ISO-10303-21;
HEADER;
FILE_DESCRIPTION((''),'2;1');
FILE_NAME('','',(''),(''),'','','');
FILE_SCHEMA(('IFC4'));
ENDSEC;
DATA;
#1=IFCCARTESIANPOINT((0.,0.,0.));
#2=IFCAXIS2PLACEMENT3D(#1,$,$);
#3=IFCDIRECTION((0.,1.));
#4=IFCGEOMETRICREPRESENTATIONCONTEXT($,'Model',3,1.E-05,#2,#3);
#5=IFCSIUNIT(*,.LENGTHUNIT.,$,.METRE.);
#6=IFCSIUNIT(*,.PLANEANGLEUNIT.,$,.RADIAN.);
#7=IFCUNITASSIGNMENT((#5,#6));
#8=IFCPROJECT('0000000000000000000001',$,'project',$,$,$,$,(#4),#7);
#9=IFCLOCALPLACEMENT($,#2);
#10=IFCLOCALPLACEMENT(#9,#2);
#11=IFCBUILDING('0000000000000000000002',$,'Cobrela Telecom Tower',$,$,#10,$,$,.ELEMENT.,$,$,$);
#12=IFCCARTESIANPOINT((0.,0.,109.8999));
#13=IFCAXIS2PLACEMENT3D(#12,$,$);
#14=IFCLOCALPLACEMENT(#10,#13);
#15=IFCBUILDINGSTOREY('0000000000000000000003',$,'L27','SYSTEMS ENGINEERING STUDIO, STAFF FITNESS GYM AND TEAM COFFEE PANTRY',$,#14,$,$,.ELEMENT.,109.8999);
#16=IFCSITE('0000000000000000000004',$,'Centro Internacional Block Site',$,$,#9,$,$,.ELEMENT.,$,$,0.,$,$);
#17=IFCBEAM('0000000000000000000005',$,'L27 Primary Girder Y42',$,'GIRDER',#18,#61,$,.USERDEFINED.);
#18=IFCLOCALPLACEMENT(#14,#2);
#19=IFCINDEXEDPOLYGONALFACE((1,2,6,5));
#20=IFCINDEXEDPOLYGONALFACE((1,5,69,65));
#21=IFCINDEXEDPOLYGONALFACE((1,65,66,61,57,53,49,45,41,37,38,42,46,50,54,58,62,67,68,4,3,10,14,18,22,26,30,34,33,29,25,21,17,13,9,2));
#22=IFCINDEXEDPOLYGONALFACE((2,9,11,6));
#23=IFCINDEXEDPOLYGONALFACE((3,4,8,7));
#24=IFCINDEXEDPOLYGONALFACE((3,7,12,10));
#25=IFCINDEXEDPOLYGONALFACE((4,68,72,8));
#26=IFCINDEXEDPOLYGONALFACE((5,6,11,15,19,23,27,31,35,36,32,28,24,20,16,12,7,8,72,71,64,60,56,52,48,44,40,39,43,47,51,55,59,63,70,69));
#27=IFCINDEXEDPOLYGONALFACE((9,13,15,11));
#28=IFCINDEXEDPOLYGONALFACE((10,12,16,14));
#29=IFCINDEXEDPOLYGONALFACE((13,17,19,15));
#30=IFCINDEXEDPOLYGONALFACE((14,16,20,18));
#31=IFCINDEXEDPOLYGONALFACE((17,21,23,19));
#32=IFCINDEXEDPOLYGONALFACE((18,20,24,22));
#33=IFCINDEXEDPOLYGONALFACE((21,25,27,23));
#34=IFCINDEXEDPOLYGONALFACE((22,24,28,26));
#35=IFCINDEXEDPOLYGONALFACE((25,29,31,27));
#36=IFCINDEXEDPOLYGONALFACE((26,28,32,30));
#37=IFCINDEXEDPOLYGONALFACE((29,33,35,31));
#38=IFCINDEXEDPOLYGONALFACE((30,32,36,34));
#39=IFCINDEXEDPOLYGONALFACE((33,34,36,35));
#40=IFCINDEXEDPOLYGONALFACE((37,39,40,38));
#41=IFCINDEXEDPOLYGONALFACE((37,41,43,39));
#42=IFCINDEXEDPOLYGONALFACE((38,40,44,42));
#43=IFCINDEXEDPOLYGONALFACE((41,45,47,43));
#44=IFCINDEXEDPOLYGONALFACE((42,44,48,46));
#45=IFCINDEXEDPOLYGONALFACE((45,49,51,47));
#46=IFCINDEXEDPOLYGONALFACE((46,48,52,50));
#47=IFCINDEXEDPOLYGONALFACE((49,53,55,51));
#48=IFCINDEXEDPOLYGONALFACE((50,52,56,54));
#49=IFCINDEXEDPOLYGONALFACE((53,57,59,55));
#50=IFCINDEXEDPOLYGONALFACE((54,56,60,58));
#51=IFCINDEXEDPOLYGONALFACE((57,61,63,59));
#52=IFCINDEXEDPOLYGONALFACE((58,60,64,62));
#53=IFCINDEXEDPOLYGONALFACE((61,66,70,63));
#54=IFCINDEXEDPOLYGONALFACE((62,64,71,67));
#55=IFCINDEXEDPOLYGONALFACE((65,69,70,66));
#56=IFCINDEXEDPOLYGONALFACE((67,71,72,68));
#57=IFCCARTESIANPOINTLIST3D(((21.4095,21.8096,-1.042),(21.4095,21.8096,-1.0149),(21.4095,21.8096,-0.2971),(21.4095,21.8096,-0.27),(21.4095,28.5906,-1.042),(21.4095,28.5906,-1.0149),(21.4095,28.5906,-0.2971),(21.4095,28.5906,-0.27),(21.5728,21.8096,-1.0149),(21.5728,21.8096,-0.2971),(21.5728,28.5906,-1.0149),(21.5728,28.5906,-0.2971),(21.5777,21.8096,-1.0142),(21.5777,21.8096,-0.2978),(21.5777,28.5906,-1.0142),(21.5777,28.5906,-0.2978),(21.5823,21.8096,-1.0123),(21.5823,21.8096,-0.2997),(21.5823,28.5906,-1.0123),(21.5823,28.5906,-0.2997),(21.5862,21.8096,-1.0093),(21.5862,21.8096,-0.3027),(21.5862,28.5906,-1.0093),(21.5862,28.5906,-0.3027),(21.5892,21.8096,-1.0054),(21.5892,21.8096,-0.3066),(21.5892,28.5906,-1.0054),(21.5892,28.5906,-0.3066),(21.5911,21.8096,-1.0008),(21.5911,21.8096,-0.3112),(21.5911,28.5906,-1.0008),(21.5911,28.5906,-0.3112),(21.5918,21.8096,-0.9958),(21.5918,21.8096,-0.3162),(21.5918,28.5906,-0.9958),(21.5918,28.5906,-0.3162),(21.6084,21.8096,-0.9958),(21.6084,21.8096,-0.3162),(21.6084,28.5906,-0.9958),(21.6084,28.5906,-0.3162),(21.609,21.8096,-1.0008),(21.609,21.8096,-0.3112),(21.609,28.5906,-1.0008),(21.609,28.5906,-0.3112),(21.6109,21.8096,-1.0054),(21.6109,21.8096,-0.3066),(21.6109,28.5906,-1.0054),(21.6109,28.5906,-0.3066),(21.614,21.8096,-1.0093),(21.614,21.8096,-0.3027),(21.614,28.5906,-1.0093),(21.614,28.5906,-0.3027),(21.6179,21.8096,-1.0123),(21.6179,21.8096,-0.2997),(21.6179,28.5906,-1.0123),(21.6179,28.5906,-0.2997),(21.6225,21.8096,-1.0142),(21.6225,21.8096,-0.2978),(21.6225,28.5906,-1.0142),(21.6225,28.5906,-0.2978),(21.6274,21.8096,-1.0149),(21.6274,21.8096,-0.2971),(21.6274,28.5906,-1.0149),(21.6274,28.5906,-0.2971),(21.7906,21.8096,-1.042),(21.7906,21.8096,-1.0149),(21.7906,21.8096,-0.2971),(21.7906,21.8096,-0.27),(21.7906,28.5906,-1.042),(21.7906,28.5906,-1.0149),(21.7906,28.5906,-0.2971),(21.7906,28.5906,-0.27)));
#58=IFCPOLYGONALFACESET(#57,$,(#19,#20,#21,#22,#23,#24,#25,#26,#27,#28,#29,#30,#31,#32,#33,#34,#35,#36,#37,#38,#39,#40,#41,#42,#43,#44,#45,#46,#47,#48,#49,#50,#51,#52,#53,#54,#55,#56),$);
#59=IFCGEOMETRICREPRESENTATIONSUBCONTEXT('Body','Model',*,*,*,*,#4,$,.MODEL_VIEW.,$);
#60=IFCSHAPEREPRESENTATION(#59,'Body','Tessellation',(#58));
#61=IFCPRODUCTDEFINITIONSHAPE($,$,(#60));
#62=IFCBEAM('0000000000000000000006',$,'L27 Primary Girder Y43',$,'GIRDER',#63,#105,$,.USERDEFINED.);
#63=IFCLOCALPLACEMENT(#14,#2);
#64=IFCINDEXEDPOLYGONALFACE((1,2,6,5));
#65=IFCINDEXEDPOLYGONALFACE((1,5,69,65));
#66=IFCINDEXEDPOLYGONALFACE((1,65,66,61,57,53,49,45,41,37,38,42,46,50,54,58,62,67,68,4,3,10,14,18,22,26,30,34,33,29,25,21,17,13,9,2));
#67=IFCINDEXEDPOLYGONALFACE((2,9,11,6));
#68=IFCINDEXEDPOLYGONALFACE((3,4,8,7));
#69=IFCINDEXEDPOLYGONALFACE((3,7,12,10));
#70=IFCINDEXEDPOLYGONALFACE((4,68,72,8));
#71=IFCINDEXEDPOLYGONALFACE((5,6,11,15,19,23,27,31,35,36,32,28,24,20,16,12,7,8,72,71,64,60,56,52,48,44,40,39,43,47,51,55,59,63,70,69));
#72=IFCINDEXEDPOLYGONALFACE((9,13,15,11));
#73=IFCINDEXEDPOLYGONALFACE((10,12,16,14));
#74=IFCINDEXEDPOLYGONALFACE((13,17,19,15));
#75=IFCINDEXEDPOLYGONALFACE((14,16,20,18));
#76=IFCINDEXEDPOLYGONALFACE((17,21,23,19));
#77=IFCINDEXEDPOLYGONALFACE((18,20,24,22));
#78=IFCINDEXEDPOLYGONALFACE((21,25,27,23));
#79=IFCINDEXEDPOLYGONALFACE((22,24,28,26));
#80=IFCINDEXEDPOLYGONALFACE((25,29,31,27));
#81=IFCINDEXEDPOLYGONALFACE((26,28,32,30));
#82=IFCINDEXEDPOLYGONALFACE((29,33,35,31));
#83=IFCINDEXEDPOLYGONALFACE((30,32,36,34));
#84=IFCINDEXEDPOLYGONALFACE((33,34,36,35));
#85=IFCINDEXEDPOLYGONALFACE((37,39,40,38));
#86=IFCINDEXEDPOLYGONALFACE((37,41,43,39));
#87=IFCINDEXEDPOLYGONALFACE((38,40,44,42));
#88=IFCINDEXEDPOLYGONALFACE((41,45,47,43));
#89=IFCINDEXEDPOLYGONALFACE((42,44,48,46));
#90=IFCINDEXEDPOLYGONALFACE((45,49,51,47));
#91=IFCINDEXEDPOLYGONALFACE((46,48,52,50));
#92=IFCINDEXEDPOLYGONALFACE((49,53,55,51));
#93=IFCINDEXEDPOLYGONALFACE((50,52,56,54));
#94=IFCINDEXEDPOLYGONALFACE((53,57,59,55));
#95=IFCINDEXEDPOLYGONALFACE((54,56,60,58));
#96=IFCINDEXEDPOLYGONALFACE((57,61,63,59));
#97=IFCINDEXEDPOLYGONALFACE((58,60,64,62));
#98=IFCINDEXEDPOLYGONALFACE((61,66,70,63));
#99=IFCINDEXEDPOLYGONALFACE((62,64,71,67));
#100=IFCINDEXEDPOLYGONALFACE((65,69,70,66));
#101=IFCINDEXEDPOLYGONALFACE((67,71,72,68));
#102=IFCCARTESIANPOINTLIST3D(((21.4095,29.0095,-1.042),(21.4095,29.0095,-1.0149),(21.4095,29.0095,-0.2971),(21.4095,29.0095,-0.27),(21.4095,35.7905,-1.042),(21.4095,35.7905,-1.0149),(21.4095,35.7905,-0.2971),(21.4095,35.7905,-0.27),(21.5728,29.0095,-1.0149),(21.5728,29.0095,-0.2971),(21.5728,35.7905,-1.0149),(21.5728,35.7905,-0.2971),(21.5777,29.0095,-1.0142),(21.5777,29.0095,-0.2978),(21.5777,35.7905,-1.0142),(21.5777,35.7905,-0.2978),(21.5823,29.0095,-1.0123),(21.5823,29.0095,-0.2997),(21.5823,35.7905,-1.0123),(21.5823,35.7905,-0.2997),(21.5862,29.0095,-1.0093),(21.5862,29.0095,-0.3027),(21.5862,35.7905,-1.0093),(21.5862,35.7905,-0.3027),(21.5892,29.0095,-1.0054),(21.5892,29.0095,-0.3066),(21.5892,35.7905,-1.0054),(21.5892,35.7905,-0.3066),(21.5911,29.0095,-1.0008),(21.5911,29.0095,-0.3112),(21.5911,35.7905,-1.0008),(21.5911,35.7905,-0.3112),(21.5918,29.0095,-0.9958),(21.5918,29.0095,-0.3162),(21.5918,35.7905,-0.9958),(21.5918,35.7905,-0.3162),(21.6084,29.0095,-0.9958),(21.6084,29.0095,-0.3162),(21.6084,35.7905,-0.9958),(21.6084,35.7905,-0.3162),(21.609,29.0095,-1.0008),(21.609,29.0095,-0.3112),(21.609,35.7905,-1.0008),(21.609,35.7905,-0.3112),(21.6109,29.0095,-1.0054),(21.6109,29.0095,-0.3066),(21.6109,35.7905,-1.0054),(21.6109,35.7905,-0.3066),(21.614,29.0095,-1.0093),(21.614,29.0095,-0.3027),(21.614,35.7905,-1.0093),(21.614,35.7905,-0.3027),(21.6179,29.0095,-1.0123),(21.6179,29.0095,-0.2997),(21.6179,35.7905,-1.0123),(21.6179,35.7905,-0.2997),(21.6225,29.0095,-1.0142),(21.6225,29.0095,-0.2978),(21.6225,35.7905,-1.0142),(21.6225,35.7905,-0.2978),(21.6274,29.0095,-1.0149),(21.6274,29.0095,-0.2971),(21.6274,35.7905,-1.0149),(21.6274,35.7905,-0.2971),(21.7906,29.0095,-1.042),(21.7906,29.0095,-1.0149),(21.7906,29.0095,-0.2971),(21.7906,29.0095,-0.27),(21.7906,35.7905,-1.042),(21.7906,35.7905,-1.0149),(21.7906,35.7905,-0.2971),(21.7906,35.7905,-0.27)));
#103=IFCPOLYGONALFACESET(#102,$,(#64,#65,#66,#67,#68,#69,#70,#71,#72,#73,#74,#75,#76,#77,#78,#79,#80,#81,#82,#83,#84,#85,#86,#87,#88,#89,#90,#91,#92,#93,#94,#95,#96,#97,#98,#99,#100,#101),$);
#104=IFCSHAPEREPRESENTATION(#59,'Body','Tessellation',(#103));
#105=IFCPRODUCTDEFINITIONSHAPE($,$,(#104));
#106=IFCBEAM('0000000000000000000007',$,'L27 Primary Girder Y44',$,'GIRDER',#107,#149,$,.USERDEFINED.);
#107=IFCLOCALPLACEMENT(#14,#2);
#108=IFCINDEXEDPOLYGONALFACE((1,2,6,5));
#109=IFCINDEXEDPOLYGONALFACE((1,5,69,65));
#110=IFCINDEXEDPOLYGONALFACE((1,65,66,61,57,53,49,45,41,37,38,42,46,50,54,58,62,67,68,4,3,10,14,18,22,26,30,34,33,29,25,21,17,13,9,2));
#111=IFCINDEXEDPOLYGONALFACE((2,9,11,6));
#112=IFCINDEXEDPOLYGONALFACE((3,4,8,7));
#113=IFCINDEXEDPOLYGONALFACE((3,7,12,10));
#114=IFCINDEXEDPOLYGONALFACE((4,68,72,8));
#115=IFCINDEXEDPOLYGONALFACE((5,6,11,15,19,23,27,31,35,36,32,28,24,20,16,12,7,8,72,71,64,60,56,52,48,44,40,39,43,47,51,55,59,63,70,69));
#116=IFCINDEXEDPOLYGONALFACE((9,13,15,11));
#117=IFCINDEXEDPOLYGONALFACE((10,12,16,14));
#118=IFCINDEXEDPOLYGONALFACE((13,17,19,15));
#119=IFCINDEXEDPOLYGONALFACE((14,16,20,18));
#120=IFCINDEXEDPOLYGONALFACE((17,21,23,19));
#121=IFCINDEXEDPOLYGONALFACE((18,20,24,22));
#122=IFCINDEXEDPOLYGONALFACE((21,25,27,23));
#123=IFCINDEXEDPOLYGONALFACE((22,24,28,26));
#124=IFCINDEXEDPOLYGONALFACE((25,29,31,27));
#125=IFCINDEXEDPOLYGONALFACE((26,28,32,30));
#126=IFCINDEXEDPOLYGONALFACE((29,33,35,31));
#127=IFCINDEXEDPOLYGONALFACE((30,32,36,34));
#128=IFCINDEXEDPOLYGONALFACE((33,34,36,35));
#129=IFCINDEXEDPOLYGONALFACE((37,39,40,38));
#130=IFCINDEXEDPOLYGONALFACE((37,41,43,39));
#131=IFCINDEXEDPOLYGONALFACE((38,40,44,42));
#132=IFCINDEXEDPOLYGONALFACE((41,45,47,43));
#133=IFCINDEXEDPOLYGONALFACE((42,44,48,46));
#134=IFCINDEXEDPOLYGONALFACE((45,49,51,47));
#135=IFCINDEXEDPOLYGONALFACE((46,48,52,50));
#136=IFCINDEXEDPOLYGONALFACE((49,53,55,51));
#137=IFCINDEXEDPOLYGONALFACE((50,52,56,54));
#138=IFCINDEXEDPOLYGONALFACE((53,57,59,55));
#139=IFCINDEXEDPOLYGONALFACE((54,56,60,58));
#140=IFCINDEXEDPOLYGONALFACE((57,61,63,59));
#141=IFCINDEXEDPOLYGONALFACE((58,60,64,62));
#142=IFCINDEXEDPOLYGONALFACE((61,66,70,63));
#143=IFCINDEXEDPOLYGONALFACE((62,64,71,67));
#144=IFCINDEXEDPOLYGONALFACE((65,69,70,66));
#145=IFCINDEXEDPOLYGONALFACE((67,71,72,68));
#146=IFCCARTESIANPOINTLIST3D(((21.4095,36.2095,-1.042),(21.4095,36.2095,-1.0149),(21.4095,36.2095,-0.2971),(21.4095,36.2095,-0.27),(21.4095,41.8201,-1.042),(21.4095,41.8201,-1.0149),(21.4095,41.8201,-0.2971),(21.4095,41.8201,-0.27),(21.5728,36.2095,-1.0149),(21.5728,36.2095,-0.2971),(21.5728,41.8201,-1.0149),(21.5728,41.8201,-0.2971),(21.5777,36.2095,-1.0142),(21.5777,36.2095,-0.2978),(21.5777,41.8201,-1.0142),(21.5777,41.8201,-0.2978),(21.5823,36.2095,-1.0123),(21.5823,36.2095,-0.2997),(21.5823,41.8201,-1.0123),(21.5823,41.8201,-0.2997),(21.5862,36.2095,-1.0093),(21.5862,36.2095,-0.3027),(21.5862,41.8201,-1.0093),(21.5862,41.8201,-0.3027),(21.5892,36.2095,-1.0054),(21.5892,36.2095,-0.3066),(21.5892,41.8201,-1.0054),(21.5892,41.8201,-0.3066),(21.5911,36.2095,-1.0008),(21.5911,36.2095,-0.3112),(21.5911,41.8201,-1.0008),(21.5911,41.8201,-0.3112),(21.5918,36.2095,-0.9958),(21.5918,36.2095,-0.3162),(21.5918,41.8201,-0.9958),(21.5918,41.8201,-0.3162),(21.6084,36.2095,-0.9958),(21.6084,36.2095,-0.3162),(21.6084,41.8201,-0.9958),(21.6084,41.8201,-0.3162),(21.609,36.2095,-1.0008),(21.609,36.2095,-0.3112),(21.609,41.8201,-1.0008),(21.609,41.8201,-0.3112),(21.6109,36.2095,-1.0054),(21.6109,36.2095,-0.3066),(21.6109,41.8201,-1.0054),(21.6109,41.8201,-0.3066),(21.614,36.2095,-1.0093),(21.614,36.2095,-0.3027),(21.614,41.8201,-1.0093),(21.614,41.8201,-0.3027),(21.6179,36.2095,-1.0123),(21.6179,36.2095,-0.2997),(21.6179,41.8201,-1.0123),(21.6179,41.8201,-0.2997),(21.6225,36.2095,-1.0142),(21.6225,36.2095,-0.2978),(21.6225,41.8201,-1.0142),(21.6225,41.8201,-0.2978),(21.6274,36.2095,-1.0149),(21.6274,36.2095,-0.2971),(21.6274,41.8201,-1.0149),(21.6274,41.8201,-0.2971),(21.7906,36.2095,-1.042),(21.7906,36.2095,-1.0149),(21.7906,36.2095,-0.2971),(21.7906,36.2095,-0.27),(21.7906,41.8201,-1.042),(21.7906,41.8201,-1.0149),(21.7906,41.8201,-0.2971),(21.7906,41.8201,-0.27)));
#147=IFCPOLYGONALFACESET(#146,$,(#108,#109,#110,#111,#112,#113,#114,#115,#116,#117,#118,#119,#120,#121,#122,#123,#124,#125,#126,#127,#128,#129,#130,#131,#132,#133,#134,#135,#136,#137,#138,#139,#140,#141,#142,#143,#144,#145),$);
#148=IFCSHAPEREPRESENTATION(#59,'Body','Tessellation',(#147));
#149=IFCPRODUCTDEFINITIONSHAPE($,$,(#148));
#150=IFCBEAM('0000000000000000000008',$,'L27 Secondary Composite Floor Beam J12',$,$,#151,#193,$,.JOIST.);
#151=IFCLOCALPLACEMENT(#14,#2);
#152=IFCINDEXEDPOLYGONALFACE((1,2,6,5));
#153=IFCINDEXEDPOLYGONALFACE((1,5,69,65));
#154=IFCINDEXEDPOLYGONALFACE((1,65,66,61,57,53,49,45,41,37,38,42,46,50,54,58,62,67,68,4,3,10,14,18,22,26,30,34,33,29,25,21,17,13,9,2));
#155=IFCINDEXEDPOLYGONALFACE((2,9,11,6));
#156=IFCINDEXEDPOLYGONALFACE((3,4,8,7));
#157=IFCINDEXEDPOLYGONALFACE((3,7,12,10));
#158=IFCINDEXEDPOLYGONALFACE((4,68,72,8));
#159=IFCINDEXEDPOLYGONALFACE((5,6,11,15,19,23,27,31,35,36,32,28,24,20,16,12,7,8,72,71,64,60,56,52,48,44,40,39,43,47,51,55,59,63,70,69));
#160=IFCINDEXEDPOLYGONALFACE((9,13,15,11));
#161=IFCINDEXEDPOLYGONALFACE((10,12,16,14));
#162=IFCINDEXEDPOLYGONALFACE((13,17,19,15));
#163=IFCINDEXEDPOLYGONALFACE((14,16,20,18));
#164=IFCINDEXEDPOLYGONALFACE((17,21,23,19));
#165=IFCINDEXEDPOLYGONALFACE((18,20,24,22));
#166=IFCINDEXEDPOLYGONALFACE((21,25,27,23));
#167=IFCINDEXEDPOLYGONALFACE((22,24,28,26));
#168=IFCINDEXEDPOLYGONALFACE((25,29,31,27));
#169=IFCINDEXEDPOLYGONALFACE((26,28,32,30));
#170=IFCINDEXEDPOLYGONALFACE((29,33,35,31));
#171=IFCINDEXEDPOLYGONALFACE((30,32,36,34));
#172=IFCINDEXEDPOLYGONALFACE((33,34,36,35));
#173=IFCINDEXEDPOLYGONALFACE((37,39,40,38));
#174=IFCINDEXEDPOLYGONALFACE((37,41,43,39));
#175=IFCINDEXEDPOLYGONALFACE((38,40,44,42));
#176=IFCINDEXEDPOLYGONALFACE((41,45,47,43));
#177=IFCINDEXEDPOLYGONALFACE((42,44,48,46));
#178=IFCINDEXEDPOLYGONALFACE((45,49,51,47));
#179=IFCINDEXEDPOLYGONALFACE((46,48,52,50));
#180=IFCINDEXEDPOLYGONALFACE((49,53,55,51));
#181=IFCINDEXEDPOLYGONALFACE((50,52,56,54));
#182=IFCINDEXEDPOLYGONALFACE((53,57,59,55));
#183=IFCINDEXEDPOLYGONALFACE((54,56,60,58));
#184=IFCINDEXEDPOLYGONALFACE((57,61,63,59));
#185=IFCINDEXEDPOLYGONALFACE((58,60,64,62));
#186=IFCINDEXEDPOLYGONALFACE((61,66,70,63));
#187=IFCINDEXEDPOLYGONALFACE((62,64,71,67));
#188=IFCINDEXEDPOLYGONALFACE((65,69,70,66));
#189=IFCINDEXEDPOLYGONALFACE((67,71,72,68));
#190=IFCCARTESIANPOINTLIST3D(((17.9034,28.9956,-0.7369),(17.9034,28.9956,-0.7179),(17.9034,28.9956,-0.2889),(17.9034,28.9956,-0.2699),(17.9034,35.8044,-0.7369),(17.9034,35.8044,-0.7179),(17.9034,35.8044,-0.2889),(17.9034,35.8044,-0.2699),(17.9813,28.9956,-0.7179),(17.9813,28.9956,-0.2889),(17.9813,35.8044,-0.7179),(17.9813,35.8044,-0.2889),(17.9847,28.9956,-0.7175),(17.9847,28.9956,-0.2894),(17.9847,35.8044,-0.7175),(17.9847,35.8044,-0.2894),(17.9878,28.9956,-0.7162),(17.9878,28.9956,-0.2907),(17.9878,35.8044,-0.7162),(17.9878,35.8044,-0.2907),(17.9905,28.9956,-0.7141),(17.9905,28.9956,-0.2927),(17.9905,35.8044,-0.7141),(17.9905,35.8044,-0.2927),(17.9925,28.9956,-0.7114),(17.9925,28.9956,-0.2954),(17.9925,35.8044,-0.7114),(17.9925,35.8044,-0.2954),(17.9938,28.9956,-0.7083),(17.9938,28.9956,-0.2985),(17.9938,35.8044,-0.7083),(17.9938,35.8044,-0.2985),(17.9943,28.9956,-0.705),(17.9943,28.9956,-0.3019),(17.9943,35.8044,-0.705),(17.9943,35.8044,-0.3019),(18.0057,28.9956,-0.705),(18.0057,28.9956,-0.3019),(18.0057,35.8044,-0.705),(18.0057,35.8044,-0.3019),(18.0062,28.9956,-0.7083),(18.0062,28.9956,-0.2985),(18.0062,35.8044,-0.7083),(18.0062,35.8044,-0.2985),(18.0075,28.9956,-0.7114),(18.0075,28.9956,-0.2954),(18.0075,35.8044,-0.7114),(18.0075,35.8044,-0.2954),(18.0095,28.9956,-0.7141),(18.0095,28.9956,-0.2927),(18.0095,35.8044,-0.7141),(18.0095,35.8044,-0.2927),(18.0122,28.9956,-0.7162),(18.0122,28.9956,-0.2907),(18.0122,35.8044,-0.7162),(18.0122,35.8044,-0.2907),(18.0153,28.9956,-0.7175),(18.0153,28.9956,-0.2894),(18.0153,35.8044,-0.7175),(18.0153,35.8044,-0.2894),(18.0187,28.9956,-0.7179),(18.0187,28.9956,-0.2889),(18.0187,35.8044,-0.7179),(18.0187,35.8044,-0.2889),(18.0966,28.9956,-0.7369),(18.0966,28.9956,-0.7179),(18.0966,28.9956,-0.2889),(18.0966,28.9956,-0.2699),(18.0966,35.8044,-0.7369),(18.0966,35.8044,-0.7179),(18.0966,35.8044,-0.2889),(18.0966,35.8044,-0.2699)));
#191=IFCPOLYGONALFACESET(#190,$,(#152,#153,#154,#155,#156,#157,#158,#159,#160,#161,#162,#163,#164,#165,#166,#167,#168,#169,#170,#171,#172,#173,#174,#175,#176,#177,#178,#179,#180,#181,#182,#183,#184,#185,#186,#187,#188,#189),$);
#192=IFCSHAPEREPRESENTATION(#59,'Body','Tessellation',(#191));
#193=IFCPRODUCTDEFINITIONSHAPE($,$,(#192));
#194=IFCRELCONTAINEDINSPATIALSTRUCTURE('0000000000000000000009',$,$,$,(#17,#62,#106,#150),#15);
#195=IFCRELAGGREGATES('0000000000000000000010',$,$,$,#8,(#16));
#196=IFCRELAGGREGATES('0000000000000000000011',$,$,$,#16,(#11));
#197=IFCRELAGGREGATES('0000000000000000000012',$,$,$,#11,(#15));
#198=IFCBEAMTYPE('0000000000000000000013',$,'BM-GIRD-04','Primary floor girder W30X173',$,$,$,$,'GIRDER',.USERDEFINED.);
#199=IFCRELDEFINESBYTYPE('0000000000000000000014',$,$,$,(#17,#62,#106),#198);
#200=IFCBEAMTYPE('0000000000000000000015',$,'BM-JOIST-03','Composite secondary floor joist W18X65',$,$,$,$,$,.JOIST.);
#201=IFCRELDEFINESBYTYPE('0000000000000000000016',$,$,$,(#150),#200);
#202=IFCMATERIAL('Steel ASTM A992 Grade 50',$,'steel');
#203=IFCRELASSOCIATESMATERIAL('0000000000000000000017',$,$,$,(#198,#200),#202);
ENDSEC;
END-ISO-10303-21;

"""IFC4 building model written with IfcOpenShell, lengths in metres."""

from ifc_helpers import new_model, si_unit, direction, frame, origin, origin_2d, place, context, subcontext, project, spatial, i_section, extrude, material, material_profile, profile_set, type_object, element, save


model = new_model("IFC4")

# Units and contexts
model_context = context("Model", 3, precision=1e-05, world=origin(), true_north=direction((0.0, 1.0)))
body_context = subcontext(model_context, "Body", "Model", "MODEL_VIEW")
ifc_project = project(units=[si_unit("LENGTHUNIT", "METRE"), si_unit("PLANEANGLEUNIT", "RADIAN")], contexts=[model_context])

# Site, building, storey
site_placement = place(None, origin())
site = spatial("IfcSite", under=ifc_project, at=site_placement, Name="Centro Internacional Block Site", CompositionType="ELEMENT", RefElevation=0.0)
building_placement = place(site_placement, origin())
building = spatial("IfcBuilding", under=site, at=building_placement, Name="Cobrela Telecom Tower", CompositionType="ELEMENT")
storey_placement = place(building_placement, frame((0.0, 0.0, 109.8999)))
storey = spatial("IfcBuildingStorey", under=building, at=storey_placement, Name="L27", Description="SYSTEMS ENGINEERING STUDIO, STAFF FITNESS GYM AND TEAM COFFEE PANTRY", CompositionType="ELEMENT", Elevation=109.8999)

# Shared definitions
ifc_material_1 = material(Name="Steel ASTM A992 Grade 50", Category="steel")

# Beams
ifc_material_profile_1 = material_profile(ifc_material_1, i_section(OverallWidth=0.3811, OverallDepth=0.772, WebThickness=0.0166, FlangeThickness=0.0271, FilletRadius=0.019, at=origin_2d()), Name="W30X173")
ifc_profile_set_1 = profile_set([ifc_material_profile_1], Name="Steel ASTM A992 Grade 50")
beam_type_1 = type_object("IfcBeamType", Name="BM-GIRD-04", Description="Primary floor girder W30X173", ElementType="GIRDER", PredefinedType="USERDEFINED", material=ifc_profile_set_1)
for number, where, z_axis, x_axis, name in (
    (1, (21.6001, 21.8096, -0.656), (0.0, 1.0, 0.0), (-1.0, 0.0, 0.0), "L27 Primary Girder Y42"),
    (2, (21.6001, 29.0095, -0.656), (0.0, 1.0, 0.0), (-1.0, 0.0, 0.0), "L27 Primary Girder Y43"),
):
    element("IfcBeam", number, at=place(storey_placement, frame(where, z_axis=z_axis, x_axis=x_axis)), inside=storey, type_object=beam_type_1, Name=name, ObjectType="GIRDER", PredefinedType="USERDEFINED", context=body_context, shape_type="SweptSolid", body=[
        extrude(i_section(OverallWidth=0.3811, OverallDepth=0.772, WebThickness=0.0166, FlangeThickness=0.0271, FilletRadius=0.019, at=origin_2d()), origin(), (0.0, 0.0, 1.0), 6.781),
    ])
beam_1_placement = place(storey_placement, frame((21.6001, 36.2095, -0.656), z_axis=(0.0, 1.0, 0.0), x_axis=(-1.0, 0.0, 0.0)))
element("IfcBeam", 3, at=beam_1_placement, inside=storey, type_object=beam_type_1, Name="L27 Primary Girder Y44", ObjectType="GIRDER", PredefinedType="USERDEFINED", context=body_context, shape_type="SweptSolid", body=[
    extrude(i_section(OverallWidth=0.3811, OverallDepth=0.772, WebThickness=0.0166, FlangeThickness=0.0271, FilletRadius=0.019, at=origin_2d()), origin(), (0.0, 0.0, 1.0), 5.6106),
])
ifc_material_profile_2 = material_profile(ifc_material_1, i_section(OverallWidth=0.1931, OverallDepth=0.467, WebThickness=0.0115, FlangeThickness=0.019, FilletRadius=0.0129, at=origin_2d()), Name="W18X65")
ifc_profile_set_2 = profile_set([ifc_material_profile_2], Name="Steel ASTM A992 Grade 50")
beam_type_2 = type_object("IfcBeamType", Name="BM-JOIST-03", Description="Composite secondary floor joist W18X65", PredefinedType="JOIST", material=ifc_profile_set_2)
beam_2_placement = place(storey_placement, frame((18.0, 28.9956, -0.5034), z_axis=(0.0, 1.0, 0.0), x_axis=(-1.0, 0.0, 0.0)))
element("IfcBeam", 4, at=beam_2_placement, inside=storey, type_object=beam_type_2, Name="L27 Secondary Composite Floor Beam J12", PredefinedType="JOIST", context=body_context, shape_type="SweptSolid", body=[
    extrude(i_section(OverallWidth=0.1931, OverallDepth=0.467, WebThickness=0.0115, FlangeThickness=0.019, FilletRadius=0.0129, at=origin_2d()), origin(), (0.0, 0.0, 1.0), 6.8088),
])

save(model, "model.ifc")
